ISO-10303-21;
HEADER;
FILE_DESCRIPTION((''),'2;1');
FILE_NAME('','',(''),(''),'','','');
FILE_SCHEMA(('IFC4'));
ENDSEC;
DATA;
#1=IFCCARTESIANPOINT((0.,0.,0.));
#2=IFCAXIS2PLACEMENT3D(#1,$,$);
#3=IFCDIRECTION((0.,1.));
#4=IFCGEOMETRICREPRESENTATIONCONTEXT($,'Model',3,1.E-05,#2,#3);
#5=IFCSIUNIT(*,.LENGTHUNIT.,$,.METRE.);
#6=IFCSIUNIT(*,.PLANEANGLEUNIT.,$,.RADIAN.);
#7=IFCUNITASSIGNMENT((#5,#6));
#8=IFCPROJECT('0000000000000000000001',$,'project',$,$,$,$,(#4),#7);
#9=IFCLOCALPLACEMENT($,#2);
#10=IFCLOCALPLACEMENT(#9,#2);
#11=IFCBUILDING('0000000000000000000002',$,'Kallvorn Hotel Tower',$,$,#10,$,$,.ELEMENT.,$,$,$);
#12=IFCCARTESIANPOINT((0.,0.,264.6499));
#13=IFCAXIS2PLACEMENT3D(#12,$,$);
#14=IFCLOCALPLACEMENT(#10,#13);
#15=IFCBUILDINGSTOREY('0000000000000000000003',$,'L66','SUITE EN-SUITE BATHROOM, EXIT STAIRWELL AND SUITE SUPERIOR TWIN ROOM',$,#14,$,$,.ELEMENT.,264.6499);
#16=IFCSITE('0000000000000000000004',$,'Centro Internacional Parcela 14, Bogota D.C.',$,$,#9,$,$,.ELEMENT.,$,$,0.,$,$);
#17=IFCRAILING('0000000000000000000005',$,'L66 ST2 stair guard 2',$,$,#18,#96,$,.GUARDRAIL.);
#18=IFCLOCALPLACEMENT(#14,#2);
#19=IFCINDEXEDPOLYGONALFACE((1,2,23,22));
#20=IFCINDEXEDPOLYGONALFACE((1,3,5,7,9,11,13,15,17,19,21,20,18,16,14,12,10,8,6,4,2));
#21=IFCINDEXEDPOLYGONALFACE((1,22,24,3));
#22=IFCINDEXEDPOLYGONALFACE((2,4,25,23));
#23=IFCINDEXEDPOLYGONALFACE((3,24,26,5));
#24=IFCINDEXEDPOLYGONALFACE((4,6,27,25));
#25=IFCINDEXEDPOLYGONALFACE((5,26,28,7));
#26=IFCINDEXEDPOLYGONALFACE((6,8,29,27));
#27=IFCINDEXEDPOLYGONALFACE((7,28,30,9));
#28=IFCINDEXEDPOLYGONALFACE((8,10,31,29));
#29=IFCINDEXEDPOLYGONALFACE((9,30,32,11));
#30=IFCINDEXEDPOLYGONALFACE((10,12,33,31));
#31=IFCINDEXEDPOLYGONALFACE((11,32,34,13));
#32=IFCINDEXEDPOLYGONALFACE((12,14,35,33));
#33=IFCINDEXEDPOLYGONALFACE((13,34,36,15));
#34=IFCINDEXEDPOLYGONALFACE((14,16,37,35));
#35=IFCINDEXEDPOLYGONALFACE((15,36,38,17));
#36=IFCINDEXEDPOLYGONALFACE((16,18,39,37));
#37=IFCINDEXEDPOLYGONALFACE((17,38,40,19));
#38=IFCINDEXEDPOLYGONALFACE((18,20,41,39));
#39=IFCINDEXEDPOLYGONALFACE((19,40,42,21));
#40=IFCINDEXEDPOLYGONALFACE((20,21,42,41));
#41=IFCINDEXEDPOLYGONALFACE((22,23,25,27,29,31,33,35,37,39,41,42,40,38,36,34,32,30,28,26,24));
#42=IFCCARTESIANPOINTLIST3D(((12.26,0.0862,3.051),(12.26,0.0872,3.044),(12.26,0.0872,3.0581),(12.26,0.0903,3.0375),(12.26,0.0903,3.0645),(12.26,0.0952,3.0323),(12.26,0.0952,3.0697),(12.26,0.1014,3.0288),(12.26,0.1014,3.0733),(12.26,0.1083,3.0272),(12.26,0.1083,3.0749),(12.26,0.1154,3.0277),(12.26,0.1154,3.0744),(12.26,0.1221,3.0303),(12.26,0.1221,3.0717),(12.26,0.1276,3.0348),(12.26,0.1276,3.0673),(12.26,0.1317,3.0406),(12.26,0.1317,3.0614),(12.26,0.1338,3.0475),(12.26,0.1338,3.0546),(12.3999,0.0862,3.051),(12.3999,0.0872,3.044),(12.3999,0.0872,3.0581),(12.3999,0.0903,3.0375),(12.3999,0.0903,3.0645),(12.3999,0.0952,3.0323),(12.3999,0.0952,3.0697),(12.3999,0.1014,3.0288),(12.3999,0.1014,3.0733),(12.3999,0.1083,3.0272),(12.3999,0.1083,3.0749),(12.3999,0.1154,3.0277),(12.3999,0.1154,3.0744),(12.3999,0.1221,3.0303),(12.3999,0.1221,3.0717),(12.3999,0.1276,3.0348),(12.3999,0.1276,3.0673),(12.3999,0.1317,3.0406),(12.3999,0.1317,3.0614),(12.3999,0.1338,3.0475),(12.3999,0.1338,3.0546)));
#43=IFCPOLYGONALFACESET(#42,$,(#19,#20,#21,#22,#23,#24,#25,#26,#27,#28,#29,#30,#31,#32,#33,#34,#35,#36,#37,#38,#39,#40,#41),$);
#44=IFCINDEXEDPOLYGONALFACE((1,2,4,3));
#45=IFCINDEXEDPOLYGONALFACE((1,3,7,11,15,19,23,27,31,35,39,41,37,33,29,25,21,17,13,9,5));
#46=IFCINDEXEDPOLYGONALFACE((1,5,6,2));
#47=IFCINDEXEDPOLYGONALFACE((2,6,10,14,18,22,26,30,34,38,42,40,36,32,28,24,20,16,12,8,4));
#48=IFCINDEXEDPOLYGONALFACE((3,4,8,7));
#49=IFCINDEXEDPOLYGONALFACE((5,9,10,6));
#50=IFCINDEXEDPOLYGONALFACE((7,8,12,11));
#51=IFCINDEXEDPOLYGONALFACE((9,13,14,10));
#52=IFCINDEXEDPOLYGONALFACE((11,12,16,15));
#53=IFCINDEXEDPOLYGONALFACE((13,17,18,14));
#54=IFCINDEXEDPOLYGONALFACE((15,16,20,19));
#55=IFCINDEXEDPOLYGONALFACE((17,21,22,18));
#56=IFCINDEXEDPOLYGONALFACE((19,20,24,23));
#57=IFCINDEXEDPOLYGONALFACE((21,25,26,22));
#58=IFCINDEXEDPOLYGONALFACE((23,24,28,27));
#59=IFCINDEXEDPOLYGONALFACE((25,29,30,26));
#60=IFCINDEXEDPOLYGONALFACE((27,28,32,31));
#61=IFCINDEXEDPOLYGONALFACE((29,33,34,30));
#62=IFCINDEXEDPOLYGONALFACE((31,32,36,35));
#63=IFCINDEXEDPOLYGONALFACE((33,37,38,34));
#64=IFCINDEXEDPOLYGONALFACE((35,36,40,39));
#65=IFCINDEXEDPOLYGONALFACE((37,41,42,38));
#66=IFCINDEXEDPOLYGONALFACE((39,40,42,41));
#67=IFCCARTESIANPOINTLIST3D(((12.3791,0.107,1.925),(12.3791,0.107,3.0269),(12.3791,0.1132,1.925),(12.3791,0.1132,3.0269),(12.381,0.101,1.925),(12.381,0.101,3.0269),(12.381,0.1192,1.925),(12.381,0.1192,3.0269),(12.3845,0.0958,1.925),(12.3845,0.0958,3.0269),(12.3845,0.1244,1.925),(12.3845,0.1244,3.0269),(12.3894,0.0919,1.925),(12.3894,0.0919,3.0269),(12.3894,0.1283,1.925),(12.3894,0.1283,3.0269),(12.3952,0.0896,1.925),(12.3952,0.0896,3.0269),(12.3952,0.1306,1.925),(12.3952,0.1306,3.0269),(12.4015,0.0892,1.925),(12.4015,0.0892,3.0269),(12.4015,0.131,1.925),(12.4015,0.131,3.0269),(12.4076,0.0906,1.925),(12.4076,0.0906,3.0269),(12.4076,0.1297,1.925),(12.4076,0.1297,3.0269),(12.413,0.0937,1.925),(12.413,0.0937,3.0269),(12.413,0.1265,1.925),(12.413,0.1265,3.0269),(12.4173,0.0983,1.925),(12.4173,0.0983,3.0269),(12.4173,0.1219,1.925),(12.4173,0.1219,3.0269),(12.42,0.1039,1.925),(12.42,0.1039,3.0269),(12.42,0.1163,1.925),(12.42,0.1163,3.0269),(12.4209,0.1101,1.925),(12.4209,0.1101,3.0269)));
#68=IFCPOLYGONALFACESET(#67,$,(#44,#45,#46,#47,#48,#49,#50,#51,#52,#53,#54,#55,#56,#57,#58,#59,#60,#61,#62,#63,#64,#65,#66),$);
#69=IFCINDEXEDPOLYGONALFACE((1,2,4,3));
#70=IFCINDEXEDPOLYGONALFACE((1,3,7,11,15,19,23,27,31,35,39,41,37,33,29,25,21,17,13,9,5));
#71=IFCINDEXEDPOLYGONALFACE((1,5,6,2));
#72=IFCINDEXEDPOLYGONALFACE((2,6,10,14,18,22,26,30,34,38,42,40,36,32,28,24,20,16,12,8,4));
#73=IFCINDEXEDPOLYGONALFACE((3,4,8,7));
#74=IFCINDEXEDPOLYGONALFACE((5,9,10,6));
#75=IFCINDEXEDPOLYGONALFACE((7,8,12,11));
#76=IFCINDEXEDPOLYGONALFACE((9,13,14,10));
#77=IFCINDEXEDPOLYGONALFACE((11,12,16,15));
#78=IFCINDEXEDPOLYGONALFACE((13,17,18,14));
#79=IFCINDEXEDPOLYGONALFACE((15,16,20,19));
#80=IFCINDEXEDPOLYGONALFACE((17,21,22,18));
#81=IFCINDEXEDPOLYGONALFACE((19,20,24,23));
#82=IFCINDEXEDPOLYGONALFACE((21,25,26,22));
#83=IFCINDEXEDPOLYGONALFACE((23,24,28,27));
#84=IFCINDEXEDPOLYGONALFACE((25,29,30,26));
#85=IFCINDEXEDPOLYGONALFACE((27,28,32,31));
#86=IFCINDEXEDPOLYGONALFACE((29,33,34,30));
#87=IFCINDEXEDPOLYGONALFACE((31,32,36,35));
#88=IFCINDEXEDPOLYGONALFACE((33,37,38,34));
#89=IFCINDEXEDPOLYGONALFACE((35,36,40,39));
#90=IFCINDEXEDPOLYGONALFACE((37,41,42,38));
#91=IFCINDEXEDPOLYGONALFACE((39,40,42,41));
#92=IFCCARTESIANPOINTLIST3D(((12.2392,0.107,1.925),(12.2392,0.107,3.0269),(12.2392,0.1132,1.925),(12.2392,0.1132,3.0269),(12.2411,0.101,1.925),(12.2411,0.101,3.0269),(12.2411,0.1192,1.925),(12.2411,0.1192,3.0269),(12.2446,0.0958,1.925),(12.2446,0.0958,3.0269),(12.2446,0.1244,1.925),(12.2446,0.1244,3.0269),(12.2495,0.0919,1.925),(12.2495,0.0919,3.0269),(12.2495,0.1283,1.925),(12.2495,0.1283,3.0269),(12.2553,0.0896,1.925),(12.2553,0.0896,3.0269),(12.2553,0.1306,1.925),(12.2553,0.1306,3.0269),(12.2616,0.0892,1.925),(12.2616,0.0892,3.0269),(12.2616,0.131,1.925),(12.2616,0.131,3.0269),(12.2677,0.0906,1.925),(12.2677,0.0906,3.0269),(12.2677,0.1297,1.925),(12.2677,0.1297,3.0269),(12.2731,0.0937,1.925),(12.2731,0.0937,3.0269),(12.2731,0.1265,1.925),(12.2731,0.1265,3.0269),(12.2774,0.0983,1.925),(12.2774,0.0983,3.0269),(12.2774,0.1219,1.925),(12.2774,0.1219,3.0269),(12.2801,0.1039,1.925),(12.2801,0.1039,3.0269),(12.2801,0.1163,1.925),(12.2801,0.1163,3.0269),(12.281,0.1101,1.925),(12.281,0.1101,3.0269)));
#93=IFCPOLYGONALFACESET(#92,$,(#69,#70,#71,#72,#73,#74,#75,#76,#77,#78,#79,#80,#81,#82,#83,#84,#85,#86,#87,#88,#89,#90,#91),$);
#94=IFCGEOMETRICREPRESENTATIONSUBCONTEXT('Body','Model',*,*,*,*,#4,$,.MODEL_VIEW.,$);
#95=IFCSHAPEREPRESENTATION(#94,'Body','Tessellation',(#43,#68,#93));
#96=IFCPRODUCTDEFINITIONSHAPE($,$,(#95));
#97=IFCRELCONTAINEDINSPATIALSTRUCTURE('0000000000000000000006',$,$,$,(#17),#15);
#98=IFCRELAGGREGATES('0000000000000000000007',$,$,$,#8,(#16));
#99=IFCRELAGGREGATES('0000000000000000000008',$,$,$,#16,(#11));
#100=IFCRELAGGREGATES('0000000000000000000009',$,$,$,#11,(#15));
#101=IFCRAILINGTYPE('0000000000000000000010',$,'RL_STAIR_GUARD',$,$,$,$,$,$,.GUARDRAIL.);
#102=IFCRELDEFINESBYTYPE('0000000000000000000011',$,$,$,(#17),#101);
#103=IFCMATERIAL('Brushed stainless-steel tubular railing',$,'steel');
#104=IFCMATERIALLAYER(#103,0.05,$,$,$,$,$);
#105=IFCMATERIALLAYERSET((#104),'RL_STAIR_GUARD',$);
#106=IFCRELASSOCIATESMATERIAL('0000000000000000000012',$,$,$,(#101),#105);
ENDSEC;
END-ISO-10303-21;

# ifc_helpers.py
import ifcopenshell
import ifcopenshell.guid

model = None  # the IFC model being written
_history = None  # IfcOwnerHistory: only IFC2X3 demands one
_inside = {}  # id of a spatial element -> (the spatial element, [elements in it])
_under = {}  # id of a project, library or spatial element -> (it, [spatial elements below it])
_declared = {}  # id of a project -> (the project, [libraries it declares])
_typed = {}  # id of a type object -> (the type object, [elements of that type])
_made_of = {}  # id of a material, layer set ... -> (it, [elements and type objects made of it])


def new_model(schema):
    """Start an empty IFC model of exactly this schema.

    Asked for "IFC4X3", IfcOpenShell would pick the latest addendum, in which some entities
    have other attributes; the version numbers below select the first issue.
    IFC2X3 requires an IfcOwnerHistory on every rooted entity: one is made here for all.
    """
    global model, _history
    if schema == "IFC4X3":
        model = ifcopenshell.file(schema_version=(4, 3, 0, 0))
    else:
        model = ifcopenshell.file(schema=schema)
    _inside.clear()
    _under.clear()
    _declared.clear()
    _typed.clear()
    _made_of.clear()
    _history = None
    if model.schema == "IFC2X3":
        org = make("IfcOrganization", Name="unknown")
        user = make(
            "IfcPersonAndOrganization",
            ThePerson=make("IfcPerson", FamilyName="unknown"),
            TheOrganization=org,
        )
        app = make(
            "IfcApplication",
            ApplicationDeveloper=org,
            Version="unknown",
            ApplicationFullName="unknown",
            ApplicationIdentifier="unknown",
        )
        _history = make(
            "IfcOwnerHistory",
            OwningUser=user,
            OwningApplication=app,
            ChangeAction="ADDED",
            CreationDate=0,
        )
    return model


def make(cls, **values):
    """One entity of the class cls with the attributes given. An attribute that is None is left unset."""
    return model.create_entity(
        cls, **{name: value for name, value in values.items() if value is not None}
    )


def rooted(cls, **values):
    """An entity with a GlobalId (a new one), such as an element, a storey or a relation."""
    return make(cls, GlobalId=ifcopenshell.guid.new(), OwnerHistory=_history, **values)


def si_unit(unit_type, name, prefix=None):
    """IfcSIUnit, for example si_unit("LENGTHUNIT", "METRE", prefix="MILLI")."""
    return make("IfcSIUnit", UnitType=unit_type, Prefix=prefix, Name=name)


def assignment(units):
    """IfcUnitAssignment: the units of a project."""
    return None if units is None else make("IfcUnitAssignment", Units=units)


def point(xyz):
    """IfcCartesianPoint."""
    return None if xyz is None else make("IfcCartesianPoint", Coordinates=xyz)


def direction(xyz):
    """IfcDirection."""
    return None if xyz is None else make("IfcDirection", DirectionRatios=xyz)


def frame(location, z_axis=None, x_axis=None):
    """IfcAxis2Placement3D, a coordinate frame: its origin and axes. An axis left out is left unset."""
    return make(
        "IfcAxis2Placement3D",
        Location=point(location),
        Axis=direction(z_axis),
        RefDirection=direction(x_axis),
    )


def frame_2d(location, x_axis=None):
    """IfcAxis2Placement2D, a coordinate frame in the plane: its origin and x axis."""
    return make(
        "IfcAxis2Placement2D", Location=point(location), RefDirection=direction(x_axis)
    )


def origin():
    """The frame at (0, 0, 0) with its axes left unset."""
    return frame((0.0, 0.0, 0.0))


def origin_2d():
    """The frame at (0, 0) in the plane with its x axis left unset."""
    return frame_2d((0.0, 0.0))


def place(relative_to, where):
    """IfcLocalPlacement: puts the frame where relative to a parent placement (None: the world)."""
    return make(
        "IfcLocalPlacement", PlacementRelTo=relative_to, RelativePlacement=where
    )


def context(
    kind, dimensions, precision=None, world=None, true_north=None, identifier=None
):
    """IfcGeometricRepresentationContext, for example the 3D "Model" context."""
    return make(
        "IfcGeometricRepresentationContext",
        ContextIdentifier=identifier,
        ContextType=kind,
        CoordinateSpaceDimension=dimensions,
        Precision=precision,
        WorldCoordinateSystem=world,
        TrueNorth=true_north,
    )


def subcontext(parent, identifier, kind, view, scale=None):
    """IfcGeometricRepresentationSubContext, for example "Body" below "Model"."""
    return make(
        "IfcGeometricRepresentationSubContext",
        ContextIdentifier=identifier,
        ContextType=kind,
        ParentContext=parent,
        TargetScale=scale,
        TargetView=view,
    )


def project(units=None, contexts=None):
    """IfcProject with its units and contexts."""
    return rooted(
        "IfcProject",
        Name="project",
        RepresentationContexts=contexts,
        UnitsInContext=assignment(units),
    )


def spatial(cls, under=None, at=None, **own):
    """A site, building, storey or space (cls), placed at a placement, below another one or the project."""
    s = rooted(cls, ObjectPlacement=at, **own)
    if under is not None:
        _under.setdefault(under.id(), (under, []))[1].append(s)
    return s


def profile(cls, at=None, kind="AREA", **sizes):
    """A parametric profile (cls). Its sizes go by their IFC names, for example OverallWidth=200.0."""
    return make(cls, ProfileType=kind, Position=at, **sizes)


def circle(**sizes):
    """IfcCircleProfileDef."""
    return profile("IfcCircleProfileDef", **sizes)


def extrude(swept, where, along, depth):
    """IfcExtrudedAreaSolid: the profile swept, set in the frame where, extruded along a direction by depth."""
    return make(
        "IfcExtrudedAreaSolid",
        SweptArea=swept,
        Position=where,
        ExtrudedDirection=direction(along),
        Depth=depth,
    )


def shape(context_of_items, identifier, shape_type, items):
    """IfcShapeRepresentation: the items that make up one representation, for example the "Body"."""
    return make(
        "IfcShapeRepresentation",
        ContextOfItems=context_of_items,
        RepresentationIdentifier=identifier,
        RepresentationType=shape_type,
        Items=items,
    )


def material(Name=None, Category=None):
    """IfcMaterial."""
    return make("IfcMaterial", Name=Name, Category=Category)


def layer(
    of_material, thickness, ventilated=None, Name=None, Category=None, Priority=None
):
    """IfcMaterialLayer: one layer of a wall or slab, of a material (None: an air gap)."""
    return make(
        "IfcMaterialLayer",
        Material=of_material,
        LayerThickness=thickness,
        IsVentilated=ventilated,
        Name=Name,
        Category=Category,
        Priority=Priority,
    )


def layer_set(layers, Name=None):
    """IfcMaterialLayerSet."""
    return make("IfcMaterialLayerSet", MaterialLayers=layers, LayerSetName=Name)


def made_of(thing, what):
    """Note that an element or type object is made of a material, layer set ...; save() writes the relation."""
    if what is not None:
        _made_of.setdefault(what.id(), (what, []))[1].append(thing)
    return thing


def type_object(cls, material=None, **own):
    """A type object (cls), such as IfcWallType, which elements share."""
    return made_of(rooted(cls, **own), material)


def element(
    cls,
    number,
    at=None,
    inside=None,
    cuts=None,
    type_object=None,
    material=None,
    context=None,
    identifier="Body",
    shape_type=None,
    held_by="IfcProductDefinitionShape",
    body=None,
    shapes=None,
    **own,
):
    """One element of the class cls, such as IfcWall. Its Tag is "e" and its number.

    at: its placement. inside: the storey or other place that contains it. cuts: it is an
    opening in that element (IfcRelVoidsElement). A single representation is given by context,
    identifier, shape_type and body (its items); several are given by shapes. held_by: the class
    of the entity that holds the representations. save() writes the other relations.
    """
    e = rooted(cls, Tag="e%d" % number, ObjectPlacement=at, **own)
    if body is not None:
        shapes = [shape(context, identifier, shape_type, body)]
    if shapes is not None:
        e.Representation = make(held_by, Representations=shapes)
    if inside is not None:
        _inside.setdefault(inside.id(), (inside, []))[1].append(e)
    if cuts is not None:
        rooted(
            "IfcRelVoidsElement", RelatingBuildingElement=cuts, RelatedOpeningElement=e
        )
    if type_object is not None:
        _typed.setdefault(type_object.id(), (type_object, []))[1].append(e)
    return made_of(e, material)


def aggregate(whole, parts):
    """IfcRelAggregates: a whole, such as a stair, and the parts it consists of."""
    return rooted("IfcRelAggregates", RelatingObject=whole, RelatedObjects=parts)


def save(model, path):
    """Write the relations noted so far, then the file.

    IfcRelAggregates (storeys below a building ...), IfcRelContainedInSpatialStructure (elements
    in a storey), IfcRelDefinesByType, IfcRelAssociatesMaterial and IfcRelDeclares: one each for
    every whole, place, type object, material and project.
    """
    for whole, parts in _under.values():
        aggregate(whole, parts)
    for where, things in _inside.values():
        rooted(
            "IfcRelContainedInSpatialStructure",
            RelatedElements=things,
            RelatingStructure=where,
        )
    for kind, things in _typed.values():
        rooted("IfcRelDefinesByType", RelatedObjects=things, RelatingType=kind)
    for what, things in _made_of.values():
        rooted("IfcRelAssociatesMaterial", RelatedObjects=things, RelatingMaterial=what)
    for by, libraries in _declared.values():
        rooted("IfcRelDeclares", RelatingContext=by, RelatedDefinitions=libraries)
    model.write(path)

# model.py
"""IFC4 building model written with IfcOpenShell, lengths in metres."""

from ifc_helpers import new_model, si_unit, direction, frame, origin, origin_2d, place, context, subcontext, project, spatial, circle, extrude, material, layer, layer_set, type_object, element, save


model = new_model("IFC4")

# Units and contexts
model_context = context("Model", 3, precision=1e-05, world=origin(), true_north=direction((0.0, 1.0)))
body_context = subcontext(model_context, "Body", "Model", "MODEL_VIEW")
ifc_project = project(units=[si_unit("LENGTHUNIT", "METRE"), si_unit("PLANEANGLEUNIT", "RADIAN")], contexts=[model_context])

# Site, building, storey
site_placement = place(None, origin())
site = spatial("IfcSite", under=ifc_project, at=site_placement, Name="Centro Internacional Parcela 14, Bogota D.C.", CompositionType="ELEMENT", RefElevation=0.0)
building_placement = place(site_placement, origin())
building = spatial("IfcBuilding", under=site, at=building_placement, Name="Kallvorn Hotel Tower", CompositionType="ELEMENT")
storey_placement = place(building_placement, frame((0.0, 0.0, 264.6499)))
storey = spatial("IfcBuildingStorey", under=building, at=storey_placement, Name="L66", Description="SUITE EN-SUITE BATHROOM, EXIT STAIRWELL AND SUITE SUPERIOR TWIN ROOM", CompositionType="ELEMENT", Elevation=264.6499)

# Railing
ifc_material_1 = material(Name="Brushed stainless-steel tubular railing", Category="steel")
ifc_layer_1 = layer(ifc_material_1, 0.05)
ifc_layer_set_1 = layer_set([ifc_layer_1], Name="RL_STAIR_GUARD")
railing_type_1 = type_object("IfcRailingType", Name="RL_STAIR_GUARD", PredefinedType="GUARDRAIL", material=ifc_layer_set_1)
railing_1_placement = place(storey_placement, frame((12.3999, 0.1101, 1.925)))
element("IfcRailing", 1, at=railing_1_placement, inside=storey, type_object=railing_type_1, Name="L66 ST2 stair guard 2", PredefinedType="GUARDRAIL", context=body_context, shape_type="SweptSolid", body=[
    extrude(circle(Radius=0.0239, at=origin_2d()), frame((0.0, 0.0, 1.126), z_axis=(-1.0, 0.0, 0.0), x_axis=(0.0, -1.0, 0.0)), (0.0, 0.0, 1.0), 0.1399),
    extrude(circle(Radius=0.021, at=origin_2d()), origin(), (0.0, 0.0, 1.0), 1.1018),
    extrude(circle(Radius=0.021, at=origin_2d()), frame((-0.1399, 0.0, 0.0)), (0.0, 0.0, 1.0), 1.1018),
])

save(model, "model.ifc")
